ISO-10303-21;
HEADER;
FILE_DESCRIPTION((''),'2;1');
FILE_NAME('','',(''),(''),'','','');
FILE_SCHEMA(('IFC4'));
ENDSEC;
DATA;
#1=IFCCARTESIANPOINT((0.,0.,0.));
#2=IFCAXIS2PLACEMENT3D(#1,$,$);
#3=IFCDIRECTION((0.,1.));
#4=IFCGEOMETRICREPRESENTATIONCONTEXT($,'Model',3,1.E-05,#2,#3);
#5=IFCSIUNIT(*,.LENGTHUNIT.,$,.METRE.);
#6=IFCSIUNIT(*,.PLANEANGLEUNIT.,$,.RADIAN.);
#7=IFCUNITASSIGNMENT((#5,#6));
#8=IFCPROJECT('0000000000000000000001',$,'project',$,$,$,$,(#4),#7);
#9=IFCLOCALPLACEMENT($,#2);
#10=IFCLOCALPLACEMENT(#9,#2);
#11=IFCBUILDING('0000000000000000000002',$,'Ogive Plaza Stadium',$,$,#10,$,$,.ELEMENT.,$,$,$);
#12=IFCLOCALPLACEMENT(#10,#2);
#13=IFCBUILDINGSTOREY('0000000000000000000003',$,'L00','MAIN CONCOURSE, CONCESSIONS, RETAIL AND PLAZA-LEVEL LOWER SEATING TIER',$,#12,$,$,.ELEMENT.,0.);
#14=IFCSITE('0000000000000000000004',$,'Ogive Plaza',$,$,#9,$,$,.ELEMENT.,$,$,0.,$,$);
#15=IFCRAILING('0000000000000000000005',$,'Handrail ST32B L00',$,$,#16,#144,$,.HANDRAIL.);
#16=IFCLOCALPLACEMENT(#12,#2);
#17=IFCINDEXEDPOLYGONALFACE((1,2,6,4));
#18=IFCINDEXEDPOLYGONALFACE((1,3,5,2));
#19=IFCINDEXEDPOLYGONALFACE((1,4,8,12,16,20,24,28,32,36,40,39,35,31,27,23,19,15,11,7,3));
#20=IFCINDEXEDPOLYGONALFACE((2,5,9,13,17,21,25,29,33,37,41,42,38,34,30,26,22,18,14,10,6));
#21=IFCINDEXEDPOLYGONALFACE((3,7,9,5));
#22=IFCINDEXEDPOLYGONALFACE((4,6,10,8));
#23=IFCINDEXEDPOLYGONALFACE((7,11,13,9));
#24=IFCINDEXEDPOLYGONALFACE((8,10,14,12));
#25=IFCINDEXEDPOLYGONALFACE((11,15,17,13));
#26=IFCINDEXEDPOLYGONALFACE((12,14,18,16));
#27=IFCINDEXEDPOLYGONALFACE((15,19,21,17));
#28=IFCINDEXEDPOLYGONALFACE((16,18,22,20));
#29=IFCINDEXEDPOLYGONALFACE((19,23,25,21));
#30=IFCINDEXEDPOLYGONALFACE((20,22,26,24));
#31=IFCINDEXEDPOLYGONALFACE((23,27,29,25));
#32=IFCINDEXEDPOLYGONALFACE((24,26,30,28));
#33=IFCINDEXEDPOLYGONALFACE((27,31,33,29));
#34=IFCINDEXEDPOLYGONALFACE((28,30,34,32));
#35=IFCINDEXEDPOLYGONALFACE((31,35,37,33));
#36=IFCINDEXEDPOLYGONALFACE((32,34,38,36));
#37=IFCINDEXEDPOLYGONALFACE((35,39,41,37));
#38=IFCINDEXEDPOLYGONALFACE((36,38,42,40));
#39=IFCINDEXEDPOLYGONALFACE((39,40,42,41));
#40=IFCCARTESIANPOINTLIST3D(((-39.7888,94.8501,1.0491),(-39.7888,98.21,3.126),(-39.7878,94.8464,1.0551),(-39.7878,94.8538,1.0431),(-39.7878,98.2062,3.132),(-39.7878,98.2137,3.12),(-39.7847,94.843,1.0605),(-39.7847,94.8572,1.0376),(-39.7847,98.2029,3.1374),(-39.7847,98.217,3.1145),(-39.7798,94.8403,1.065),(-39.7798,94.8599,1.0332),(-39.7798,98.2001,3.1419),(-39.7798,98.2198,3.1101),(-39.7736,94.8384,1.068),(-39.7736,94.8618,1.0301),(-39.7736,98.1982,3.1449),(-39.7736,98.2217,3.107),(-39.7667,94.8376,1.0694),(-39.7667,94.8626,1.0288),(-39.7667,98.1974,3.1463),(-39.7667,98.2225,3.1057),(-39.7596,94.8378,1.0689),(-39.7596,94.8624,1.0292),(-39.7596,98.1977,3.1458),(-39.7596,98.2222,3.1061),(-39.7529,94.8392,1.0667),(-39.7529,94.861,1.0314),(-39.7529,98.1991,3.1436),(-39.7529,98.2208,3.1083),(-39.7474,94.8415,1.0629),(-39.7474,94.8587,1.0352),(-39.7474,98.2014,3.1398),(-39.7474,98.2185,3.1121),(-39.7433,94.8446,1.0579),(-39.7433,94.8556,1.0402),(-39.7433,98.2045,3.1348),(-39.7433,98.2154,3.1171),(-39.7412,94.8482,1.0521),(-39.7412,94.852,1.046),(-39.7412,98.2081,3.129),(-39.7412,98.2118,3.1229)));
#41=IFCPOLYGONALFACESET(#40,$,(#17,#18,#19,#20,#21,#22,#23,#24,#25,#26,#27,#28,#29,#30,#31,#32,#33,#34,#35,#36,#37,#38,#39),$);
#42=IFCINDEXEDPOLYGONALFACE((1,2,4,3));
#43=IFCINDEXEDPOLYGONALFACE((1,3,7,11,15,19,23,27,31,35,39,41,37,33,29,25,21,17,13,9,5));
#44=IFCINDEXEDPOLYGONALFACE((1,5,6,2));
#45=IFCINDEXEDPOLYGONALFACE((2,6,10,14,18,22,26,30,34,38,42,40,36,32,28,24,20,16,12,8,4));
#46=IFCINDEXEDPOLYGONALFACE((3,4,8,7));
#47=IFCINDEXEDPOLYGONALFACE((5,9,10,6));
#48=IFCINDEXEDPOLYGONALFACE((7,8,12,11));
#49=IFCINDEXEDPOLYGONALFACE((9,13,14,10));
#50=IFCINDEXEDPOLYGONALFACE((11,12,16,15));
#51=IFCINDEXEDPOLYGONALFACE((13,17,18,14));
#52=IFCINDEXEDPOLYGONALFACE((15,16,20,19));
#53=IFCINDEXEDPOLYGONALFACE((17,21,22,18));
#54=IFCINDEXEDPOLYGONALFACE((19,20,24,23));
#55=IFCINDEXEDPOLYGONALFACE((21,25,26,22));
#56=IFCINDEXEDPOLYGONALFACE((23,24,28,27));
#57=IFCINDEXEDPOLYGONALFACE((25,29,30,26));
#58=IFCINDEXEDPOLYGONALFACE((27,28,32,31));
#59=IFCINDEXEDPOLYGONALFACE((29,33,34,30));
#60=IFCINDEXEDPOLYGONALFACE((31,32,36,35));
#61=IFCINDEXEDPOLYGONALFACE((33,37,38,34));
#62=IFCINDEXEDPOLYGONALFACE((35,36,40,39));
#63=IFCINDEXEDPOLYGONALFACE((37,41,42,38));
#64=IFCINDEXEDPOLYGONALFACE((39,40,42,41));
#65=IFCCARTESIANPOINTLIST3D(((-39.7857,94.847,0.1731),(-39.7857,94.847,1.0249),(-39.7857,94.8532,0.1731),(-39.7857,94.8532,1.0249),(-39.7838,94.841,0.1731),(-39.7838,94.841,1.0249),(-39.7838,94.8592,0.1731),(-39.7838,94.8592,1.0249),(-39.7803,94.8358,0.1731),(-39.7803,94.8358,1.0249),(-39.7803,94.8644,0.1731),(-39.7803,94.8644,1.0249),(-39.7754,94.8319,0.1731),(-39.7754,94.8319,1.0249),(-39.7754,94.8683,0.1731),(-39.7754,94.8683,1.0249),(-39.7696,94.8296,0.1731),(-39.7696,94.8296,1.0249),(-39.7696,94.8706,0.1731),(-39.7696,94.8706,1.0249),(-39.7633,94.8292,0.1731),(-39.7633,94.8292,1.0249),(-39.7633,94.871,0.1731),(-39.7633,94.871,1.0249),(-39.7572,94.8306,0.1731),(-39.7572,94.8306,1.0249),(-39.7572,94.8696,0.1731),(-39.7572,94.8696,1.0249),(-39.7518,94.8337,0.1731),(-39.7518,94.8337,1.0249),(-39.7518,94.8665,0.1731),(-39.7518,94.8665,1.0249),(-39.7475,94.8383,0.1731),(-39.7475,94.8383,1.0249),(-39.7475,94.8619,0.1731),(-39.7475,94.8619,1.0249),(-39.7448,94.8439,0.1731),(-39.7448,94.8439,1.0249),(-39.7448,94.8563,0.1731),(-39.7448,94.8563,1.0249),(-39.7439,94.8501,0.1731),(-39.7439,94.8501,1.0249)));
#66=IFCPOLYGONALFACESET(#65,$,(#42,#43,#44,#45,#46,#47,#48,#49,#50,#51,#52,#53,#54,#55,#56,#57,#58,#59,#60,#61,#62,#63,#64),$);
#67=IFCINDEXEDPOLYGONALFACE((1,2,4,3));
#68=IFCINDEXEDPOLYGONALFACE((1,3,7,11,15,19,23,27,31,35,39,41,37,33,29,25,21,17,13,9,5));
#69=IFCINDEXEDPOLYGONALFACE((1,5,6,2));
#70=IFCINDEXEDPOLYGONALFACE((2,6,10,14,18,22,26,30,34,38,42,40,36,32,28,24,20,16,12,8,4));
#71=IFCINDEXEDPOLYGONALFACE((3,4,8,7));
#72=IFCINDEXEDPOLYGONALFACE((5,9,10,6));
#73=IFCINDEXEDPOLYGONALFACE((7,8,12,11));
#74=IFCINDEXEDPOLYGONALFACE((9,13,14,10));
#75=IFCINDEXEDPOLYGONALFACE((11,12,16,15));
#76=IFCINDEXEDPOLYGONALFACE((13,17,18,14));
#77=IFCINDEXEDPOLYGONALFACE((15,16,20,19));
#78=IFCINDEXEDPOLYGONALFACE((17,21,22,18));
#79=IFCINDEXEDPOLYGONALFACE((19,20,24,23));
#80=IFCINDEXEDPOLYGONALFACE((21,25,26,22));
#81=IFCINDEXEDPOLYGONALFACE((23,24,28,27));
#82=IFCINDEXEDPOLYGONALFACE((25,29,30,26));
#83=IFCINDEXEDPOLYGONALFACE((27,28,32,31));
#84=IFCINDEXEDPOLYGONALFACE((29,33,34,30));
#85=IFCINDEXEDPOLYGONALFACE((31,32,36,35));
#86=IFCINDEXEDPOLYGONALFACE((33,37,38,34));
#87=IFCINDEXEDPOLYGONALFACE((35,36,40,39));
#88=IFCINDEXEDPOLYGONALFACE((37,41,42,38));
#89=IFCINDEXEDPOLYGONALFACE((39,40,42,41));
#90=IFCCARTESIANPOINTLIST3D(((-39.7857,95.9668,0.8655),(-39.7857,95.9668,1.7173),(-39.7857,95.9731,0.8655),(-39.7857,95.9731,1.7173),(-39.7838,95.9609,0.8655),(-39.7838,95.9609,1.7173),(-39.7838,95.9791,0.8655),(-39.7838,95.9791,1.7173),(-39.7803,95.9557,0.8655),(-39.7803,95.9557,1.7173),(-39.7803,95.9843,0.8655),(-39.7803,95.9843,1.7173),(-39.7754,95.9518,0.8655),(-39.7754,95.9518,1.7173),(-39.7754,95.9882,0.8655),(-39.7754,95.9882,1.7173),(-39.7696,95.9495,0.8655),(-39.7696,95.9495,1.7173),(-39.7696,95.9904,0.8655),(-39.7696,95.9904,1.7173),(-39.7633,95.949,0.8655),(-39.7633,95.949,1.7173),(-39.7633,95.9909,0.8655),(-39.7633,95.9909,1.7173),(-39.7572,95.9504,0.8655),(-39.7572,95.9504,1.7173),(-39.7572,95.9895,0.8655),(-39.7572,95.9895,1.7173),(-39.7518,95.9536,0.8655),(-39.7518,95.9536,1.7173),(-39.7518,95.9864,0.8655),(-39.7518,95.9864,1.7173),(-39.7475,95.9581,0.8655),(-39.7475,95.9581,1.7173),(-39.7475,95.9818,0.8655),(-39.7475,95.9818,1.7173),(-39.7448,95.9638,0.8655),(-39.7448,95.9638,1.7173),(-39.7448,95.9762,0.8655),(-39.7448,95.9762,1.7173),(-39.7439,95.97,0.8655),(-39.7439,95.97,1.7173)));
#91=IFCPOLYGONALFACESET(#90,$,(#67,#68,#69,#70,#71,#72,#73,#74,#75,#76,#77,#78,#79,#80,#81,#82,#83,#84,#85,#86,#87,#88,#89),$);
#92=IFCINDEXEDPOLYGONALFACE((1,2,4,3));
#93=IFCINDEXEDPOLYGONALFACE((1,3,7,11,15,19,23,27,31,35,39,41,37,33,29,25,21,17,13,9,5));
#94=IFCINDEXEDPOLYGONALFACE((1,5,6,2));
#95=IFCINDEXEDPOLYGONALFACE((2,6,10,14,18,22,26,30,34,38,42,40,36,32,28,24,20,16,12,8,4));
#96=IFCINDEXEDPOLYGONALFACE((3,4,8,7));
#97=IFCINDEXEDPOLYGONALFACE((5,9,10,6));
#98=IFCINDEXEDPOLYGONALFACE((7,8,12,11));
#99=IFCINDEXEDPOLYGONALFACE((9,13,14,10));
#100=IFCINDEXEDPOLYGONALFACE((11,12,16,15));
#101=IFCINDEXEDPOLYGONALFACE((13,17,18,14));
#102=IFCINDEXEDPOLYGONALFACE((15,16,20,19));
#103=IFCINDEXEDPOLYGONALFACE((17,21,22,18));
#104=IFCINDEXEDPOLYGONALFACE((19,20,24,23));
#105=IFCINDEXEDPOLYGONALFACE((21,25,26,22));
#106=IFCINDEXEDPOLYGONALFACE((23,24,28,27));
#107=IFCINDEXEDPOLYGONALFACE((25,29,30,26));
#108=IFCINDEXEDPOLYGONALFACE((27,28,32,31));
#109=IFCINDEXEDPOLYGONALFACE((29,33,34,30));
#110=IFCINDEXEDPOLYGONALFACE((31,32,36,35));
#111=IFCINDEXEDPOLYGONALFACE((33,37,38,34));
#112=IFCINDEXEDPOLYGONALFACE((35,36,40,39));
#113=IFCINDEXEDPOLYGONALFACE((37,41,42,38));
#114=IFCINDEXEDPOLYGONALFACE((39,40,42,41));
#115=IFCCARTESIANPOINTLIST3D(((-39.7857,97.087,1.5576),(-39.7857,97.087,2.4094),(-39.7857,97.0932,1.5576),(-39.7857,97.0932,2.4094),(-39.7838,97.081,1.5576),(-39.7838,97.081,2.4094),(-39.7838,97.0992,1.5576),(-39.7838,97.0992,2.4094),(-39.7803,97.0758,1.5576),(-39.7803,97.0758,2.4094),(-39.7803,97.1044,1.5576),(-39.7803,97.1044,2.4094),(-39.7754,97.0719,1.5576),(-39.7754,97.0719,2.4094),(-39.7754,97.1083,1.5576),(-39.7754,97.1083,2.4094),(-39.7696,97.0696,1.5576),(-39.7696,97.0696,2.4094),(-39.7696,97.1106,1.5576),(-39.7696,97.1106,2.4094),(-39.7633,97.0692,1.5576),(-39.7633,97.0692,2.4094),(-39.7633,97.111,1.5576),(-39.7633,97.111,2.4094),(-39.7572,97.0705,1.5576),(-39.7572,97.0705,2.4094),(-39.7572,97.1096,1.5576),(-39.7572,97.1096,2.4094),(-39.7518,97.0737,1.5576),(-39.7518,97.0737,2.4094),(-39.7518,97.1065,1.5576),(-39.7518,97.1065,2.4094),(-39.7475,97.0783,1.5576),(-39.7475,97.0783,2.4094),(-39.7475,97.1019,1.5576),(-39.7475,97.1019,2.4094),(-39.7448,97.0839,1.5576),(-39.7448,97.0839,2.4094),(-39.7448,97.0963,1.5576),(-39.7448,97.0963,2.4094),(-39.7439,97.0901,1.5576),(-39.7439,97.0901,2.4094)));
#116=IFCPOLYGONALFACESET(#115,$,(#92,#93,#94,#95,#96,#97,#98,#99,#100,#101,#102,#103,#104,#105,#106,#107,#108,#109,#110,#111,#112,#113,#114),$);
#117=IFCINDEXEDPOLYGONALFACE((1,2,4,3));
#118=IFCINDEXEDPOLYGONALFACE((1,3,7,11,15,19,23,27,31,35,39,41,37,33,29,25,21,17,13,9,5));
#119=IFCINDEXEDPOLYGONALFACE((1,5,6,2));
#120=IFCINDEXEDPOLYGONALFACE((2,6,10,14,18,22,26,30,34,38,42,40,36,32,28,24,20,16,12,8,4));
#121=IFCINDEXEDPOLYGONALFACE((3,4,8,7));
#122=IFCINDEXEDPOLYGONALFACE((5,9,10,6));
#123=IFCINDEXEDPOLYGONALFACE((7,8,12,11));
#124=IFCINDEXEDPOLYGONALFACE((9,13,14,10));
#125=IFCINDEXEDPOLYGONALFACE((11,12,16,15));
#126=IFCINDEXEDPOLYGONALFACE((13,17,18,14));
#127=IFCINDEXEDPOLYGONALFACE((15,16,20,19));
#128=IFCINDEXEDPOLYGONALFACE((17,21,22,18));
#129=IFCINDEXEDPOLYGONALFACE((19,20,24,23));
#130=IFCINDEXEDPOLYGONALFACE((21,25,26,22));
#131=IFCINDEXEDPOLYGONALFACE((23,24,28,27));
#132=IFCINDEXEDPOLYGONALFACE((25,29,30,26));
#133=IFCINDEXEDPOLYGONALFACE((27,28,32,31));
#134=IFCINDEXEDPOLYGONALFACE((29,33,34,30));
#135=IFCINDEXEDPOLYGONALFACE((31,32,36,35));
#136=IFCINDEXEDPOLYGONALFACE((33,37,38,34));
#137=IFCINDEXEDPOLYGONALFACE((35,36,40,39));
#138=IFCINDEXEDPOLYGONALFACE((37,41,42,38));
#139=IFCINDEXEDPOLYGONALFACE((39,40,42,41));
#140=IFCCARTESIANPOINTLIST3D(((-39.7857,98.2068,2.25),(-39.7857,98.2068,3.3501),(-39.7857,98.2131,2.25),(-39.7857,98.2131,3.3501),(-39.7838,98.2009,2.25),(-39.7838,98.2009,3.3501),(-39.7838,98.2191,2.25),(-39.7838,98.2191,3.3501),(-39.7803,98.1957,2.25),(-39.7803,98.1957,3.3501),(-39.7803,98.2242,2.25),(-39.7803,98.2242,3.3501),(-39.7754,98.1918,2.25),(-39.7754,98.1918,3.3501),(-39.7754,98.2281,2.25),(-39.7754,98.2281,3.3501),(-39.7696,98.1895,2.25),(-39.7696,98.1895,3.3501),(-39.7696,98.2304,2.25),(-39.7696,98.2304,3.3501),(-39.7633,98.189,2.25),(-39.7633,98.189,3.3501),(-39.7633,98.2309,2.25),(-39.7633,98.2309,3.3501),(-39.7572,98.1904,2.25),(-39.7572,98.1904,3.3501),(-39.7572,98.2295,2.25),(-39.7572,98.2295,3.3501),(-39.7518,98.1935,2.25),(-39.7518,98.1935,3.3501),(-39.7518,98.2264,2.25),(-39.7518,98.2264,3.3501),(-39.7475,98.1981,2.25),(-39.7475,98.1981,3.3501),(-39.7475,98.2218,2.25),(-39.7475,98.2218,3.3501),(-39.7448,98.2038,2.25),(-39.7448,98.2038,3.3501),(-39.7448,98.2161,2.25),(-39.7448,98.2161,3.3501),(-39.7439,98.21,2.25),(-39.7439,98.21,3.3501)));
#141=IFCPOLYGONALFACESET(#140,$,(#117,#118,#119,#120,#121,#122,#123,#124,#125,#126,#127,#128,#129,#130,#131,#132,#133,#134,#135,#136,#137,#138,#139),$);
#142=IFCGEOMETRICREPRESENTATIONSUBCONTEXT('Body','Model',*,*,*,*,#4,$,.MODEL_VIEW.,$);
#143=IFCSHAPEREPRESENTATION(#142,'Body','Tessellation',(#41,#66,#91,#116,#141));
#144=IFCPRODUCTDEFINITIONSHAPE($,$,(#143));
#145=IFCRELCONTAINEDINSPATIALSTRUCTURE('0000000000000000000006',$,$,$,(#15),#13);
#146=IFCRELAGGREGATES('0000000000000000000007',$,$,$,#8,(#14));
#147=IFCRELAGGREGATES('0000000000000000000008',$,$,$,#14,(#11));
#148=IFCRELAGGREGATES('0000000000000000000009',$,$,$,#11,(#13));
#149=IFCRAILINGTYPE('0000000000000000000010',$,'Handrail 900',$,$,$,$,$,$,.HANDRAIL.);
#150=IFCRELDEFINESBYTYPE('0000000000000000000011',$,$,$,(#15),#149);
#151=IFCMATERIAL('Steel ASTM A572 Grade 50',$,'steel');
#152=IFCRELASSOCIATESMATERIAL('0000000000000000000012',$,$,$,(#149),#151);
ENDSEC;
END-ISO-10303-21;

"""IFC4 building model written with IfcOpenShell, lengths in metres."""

from ifc_helpers import new_model, si_unit, direction, frame, origin, origin_2d, place, context, subcontext, project, spatial, circle, extrude, material, type_object, element, save


model = new_model("IFC4")

# Units and contexts
model_context = context("Model", 3, precision=1e-05, world=origin(), true_north=direction((0.0, 1.0)))
body_context = subcontext(model_context, "Body", "Model", "MODEL_VIEW")
ifc_project = project(units=[si_unit("LENGTHUNIT", "METRE"), si_unit("PLANEANGLEUNIT", "RADIAN")], contexts=[model_context])

# Site, building, storey
site_placement = place(None, origin())
site = spatial("IfcSite", under=ifc_project, at=site_placement, Name="Ogive Plaza", CompositionType="ELEMENT", RefElevation=0.0)
building_placement = place(site_placement, origin())
building = spatial("IfcBuilding", under=site, at=building_placement, Name="Ogive Plaza Stadium", CompositionType="ELEMENT")
storey_placement = place(building_placement, origin())
storey = spatial("IfcBuildingStorey", under=building, at=storey_placement, Name="L00", Description="MAIN CONCOURSE, CONCESSIONS, RETAIL AND PLAZA-LEVEL LOWER SEATING TIER", CompositionType="ELEMENT", Elevation=0.0)

# Railing
ifc_material_1 = material(Name="Steel ASTM A572 Grade 50", Category="steel")
railing_type_1 = type_object("IfcRailingType", Name="Handrail 900", PredefinedType="HANDRAIL", material=ifc_material_1)
for number, where, name in (
    (1, (-39.7649, 94.8501, 0.1731), "Handrail ST32B L00"),
):
    element("IfcRailing", number, at=place(storey_placement, frame(where)), inside=storey, type_object=railing_type_1, Name=name, PredefinedType="HANDRAIL", context=body_context, shape_type="SweptSolid", body=[
        extrude(circle(Radius=0.0239, at=origin_2d()), frame((0.0, 0.0, 0.876), z_axis=(0.0, 0.850606, 0.525803), x_axis=(-1.0, 0.0, 0.0)), (0.0, 0.0, 1.0), 3.95),
        extrude(circle(Radius=0.021, at=origin_2d()), origin(), (0.0, 0.0, 1.0), 0.8518),
        extrude(circle(Radius=0.021, at=origin_2d()), frame((0.0, 1.1199, 0.6924)), (0.0, 0.0, 1.0), 0.8518),
        extrude(circle(Radius=0.021, at=origin_2d()), frame((0.0, 2.24, 1.3845)), (0.0, 0.0, 1.0), 0.8518),
        extrude(circle(Radius=0.021, at=origin_2d()), frame((0.0, 3.3599, 2.0769)), (0.0, 0.0, 1.0), 1.1001),
    ])

save(model, "model.ifc")
